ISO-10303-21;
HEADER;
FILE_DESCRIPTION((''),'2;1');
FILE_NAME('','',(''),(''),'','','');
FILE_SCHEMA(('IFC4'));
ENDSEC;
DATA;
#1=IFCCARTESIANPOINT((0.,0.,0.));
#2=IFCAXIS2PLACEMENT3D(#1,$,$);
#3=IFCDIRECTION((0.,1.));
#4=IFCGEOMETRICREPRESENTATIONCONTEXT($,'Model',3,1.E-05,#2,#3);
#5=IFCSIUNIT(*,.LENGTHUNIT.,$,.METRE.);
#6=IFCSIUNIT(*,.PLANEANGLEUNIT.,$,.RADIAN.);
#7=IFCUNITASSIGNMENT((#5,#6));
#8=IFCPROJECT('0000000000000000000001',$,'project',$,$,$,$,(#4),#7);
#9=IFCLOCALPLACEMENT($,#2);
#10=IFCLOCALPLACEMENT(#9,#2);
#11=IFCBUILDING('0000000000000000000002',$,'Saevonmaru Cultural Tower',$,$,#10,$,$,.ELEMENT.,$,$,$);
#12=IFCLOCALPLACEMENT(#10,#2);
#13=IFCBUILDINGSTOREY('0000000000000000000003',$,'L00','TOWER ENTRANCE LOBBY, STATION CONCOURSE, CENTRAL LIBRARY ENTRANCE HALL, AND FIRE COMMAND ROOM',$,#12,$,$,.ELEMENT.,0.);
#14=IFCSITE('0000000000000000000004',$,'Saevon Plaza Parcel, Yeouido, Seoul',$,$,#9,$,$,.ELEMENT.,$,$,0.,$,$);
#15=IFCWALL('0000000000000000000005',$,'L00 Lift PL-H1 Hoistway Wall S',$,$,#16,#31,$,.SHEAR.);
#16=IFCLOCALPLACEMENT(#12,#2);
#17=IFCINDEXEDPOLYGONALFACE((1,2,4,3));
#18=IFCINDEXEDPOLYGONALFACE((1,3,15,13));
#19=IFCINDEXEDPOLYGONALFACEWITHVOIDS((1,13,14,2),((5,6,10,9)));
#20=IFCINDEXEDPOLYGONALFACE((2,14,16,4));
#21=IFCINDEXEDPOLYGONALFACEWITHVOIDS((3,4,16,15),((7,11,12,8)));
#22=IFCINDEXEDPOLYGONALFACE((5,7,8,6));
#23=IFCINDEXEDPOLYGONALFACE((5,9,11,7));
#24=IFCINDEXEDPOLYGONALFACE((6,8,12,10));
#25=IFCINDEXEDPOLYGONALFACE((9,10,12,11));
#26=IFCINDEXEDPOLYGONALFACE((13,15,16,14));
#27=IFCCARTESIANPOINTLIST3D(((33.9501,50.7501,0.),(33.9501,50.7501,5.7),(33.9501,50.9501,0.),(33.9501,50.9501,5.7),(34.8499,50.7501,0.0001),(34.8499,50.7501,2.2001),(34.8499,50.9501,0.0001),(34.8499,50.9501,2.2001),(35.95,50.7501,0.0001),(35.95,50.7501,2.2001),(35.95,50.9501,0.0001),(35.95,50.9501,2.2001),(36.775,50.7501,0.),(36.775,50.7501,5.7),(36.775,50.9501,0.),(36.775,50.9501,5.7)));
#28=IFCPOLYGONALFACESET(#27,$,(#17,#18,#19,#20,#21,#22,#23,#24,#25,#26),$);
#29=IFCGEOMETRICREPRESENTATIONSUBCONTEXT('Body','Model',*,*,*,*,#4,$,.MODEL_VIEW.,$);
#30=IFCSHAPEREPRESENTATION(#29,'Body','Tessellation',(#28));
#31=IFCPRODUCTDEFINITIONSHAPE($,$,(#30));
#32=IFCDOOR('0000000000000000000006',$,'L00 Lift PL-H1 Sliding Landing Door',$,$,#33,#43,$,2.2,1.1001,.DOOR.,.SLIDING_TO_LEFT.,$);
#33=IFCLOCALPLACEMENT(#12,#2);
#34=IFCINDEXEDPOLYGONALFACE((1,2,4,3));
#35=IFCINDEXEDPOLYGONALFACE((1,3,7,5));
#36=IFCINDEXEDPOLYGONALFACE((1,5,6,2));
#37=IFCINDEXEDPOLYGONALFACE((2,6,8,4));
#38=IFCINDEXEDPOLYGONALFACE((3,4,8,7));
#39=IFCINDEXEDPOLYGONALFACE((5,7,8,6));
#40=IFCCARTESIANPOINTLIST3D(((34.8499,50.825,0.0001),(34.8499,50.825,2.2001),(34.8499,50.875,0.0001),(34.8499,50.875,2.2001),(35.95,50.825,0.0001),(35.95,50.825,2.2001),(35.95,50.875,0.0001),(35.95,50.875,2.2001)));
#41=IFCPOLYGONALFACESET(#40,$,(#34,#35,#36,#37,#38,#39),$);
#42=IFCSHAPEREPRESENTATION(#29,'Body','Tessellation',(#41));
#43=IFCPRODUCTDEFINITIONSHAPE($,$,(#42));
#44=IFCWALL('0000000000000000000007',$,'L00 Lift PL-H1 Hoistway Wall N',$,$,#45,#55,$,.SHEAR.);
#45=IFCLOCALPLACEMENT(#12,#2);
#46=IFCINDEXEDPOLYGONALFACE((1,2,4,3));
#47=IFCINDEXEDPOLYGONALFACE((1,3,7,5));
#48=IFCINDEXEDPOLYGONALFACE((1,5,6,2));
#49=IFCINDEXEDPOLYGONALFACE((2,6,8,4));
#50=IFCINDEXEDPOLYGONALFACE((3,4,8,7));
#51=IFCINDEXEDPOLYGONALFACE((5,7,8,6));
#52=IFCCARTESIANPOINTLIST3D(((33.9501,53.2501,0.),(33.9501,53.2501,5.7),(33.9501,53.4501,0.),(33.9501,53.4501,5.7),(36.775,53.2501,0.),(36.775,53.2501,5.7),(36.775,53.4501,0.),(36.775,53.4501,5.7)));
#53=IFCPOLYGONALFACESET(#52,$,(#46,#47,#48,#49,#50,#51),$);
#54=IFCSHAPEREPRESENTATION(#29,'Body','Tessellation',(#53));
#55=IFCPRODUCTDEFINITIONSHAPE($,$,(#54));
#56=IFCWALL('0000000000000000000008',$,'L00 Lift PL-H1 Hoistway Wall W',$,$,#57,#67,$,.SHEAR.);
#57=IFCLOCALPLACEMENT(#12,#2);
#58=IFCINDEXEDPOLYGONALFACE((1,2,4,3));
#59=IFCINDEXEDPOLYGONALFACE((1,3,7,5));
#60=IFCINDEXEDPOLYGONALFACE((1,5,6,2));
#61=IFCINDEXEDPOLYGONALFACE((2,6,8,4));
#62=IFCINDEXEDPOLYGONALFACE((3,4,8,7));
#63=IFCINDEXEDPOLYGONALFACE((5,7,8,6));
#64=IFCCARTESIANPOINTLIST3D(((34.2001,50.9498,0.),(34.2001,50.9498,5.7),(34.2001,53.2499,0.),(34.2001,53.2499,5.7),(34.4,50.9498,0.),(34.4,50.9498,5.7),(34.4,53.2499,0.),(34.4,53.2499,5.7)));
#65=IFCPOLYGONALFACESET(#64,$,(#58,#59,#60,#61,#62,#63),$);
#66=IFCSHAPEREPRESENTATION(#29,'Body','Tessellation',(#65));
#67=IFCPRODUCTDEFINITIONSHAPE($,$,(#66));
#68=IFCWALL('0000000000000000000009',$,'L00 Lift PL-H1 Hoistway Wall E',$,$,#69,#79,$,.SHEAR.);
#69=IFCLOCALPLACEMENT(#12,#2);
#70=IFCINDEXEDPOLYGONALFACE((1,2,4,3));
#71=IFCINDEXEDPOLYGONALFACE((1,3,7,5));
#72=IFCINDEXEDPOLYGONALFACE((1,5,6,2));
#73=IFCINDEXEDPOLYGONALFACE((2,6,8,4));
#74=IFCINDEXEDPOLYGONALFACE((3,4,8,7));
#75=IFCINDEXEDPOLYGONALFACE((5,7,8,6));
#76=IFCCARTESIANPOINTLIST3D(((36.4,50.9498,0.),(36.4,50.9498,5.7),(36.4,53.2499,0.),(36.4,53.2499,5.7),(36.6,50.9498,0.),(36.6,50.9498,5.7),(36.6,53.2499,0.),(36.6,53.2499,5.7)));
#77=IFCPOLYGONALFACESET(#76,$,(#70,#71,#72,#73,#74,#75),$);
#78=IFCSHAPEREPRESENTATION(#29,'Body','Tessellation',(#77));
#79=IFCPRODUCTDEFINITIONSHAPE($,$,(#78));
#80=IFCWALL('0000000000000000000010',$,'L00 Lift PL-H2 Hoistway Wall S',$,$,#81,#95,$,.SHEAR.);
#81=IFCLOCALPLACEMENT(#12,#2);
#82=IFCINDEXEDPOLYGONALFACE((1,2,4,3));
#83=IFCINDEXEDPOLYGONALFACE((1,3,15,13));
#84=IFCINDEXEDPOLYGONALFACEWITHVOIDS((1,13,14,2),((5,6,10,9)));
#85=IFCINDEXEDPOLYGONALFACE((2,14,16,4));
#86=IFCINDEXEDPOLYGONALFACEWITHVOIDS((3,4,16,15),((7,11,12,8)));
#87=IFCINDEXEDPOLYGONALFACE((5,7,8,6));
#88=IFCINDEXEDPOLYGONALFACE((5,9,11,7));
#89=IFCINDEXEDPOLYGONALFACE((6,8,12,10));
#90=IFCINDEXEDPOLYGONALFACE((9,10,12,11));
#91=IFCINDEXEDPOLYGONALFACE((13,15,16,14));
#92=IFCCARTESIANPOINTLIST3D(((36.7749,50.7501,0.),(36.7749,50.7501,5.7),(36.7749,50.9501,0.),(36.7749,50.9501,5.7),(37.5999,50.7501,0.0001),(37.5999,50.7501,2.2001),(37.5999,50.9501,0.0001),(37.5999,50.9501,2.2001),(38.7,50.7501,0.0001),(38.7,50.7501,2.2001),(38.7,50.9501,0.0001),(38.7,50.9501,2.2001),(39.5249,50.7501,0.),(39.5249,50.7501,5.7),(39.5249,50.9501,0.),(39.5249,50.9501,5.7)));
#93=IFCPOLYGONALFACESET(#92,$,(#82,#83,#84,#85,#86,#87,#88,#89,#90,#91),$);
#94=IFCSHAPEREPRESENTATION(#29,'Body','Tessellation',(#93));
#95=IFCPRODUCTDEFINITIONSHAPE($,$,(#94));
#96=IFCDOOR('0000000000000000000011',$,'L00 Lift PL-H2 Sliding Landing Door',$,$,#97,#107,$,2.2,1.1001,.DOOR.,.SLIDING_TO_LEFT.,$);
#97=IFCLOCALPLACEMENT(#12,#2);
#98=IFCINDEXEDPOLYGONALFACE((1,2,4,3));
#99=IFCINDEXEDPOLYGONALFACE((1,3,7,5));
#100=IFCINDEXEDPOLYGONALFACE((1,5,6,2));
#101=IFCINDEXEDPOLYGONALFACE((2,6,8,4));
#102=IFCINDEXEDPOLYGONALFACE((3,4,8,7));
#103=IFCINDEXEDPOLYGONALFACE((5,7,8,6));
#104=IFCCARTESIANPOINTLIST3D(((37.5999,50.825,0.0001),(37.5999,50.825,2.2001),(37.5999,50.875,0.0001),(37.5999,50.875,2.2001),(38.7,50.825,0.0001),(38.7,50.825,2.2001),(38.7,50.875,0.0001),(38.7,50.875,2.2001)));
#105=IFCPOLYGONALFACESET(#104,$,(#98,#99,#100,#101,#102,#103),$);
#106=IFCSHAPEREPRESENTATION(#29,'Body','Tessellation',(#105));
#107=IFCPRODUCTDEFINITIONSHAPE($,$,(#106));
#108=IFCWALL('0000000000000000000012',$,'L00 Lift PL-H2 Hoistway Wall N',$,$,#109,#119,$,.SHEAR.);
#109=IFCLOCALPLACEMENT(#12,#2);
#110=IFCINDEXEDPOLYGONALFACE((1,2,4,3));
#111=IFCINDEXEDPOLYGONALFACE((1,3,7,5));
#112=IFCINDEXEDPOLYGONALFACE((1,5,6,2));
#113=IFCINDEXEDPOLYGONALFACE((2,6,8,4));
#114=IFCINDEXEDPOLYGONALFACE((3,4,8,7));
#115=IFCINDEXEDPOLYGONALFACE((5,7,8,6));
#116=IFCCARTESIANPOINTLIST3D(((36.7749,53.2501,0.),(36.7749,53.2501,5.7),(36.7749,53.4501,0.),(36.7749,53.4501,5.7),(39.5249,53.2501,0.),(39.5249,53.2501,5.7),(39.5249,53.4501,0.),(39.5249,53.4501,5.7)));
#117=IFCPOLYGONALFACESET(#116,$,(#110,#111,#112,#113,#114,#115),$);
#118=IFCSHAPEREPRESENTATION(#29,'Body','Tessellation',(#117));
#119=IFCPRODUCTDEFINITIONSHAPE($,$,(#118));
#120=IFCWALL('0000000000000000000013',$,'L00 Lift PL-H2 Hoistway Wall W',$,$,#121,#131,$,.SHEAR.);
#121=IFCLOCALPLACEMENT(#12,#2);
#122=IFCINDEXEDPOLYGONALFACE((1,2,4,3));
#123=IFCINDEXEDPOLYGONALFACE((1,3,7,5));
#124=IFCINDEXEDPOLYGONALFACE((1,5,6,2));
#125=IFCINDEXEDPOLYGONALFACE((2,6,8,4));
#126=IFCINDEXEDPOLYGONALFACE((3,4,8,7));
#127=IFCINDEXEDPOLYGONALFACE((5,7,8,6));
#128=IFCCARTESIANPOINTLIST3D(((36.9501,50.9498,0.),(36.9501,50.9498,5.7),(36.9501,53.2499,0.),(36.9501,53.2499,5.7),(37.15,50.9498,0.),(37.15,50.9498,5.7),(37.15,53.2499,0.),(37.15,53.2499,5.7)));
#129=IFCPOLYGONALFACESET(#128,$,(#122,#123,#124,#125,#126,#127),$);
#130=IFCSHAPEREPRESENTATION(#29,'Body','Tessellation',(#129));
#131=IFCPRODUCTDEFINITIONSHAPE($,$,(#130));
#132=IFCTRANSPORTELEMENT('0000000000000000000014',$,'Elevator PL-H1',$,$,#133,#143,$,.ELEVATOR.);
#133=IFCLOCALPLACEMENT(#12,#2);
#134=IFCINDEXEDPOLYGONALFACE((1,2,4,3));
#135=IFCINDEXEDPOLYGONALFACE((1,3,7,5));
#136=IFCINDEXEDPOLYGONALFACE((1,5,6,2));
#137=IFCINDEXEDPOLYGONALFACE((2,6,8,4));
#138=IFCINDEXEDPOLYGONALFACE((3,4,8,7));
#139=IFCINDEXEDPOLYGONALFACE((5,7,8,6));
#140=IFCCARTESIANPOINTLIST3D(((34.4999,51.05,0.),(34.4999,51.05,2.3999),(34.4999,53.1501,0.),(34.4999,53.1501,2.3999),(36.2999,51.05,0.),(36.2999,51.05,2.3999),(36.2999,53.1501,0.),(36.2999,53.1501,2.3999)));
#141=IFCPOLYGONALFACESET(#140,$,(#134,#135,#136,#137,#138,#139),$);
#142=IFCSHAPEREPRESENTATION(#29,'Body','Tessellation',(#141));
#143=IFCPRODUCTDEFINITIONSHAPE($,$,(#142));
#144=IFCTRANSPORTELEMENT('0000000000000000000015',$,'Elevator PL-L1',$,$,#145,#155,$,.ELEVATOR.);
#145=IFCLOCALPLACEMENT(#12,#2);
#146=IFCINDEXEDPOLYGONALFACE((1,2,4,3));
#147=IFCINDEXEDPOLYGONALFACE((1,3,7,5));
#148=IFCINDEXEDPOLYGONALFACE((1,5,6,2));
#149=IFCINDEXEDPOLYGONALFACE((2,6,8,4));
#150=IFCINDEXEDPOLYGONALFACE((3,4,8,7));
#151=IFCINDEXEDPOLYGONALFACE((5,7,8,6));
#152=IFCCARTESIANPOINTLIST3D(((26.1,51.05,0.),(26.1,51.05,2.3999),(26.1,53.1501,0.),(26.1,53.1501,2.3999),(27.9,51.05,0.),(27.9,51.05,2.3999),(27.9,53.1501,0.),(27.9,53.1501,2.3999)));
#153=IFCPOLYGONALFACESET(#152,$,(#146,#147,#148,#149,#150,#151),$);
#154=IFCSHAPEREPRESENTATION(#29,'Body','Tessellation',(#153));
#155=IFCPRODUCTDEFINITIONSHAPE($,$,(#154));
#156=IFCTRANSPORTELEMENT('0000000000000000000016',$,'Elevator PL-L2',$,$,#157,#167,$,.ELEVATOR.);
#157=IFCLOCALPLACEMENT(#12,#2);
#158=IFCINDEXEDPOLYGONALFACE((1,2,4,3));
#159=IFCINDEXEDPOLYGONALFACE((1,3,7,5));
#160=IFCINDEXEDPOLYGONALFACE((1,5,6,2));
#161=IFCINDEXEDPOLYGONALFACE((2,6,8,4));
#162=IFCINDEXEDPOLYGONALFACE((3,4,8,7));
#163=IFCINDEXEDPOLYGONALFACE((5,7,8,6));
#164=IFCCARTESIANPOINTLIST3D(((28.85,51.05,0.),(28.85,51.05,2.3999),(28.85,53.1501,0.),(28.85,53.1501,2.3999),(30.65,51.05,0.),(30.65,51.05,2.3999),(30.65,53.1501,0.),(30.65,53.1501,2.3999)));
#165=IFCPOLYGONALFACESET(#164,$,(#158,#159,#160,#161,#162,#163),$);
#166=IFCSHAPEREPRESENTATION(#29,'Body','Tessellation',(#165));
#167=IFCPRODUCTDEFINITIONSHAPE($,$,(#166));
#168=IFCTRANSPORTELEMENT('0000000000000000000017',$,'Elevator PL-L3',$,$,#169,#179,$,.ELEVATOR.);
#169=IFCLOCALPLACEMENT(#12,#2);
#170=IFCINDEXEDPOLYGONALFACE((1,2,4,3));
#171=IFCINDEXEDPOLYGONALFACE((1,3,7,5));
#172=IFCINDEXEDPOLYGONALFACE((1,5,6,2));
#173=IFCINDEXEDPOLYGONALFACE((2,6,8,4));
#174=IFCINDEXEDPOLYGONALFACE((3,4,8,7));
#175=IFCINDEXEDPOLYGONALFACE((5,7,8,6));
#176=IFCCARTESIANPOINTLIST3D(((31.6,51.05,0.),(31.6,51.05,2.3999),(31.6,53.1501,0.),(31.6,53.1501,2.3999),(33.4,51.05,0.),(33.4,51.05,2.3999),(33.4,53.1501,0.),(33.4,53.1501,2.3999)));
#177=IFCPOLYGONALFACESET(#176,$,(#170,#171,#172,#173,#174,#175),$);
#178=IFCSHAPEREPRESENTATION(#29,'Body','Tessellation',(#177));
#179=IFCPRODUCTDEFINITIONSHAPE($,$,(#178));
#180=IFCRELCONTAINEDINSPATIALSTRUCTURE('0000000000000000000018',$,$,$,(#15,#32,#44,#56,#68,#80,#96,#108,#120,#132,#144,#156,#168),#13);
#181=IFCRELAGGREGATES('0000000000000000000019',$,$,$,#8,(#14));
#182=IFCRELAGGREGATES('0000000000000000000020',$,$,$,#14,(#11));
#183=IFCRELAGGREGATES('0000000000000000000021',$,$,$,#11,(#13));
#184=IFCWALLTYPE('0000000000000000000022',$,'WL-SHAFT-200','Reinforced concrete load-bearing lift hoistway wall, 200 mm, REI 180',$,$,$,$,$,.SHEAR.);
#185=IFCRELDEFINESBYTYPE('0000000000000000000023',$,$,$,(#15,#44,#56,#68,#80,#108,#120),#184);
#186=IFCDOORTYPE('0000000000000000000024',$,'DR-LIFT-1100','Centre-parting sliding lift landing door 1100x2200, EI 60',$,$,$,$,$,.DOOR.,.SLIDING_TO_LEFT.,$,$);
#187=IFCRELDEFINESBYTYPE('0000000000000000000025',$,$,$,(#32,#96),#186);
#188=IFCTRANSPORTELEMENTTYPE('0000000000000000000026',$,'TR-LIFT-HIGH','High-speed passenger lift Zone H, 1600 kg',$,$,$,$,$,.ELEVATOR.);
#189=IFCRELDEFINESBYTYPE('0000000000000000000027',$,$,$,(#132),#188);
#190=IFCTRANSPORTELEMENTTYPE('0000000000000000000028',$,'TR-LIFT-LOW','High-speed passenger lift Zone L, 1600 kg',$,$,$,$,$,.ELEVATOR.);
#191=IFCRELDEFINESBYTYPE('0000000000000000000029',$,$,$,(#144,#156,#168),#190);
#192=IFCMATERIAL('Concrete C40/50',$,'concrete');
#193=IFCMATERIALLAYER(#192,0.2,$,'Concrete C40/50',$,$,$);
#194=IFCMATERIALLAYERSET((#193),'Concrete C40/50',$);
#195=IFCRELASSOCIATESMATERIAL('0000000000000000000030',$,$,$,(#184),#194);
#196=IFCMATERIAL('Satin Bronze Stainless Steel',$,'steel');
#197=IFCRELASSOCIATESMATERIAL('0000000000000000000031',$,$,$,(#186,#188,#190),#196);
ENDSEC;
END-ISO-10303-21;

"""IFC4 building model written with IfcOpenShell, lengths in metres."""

from ifc_helpers import new_model, si_unit, direction, frame, frame_2d, origin, origin_2d, place, context, subcontext, project, spatial, rectangle, extrude, material, layer, layer_set, type_object, element, fill, save


model = new_model("IFC4")

# Units and contexts
model_context = context("Model", 3, precision=1e-05, world=origin(), true_north=direction((0.0, 1.0)))
body_context = subcontext(model_context, "Body", "Model", "MODEL_VIEW")
ifc_project = project(units=[si_unit("LENGTHUNIT", "METRE"), si_unit("PLANEANGLEUNIT", "RADIAN")], contexts=[model_context])

# Site, building, storey
site_placement = place(None, origin())
site = spatial("IfcSite", under=ifc_project, at=site_placement, Name="Saevon Plaza Parcel, Yeouido, Seoul", CompositionType="ELEMENT", RefElevation=0.0)
building_placement = place(site_placement, origin())
building = spatial("IfcBuilding", under=site, at=building_placement, Name="Saevonmaru Cultural Tower", CompositionType="ELEMENT")
storey_placement = place(building_placement, origin())
storey = spatial("IfcBuildingStorey", under=building, at=storey_placement, Name="L00", Description="TOWER ENTRANCE LOBBY, STATION CONCOURSE, CENTRAL LIBRARY ENTRANCE HALL, AND FIRE COMMAND ROOM", CompositionType="ELEMENT", Elevation=0.0)

# Shared definitions
ifc_material_1 = material(Name="Concrete C40/50", Category="concrete")
ifc_layer = layer(ifc_material_1, 0.2, Name="Concrete C40/50")
ifc_layer_set = layer_set([ifc_layer], Name="Concrete C40/50")
wall_type = type_object("IfcWallType", Name="WL-SHAFT-200", Description="Reinforced concrete load-bearing lift hoistway wall, 200 mm, REI 180", PredefinedType="SHEAR", material=ifc_layer_set)

# Shared definitions
ifc_material_2 = material(Name="Satin Bronze Stainless Steel", Category="steel")
door_type = type_object("IfcDoorType", Name="DR-LIFT-1100", Description="Centre-parting sliding lift landing door 1100x2200, EI 60", OperationType="SLIDING_TO_LEFT", PredefinedType="DOOR", material=ifc_material_2)

# Wall, opening, door
wall_1_placement = place(storey_placement, frame((33.95, 50.8501, 0.0), z_axis=(0.0, 0.0, 1.0), x_axis=(1.0, 0.0, 0.0)))
wall_1 = element("IfcWall", 1, at=wall_1_placement, inside=storey, type_object=wall_type, Name="L00 Lift PL-H1 Hoistway Wall S", PredefinedType="SHEAR", context=body_context, shape_type="SweptSolid", body=[
    extrude(rectangle(XDim=2.825, YDim=0.2, at=frame_2d((1.4126, 0.0))), origin(), (0.0, 0.0, 1.0), 5.7),
])
opening_1_placement = place(wall_1_placement, frame((0.8999, 0.0, 0.0)))
opening_1 = element("IfcOpeningElement", 2, at=opening_1_placement, cuts=wall_1, PredefinedType="OPENING", context=body_context, shape_type="SweptSolid", body=[
    extrude(rectangle(XDim=1.1001, YDim=2.2, at=frame_2d((0.55, 1.1001))), frame((0.0, 0.1099, 0.0), z_axis=(0.0, -1.0, 0.0), x_axis=(1.0, 0.0, 0.0)), (0.0, 0.0, 1.0), 0.22),
])
door_1_placement = place(opening_1_placement, origin())
door_1 = element("IfcDoor", 3, at=door_1_placement, inside=storey, type_object=door_type, Name="L00 Lift PL-H1 Sliding Landing Door", OperationType="SLIDING_TO_LEFT", OverallHeight=2.2, OverallWidth=1.1001, PredefinedType="DOOR", context=body_context, shape_type="SweptSolid", body=[
    extrude(rectangle(XDim=1.1001, YDim=2.2, at=frame_2d((0.55, 1.1001))), frame((0.0, 0.0249, 0.0), z_axis=(0.0, -1.0, 0.0), x_axis=(1.0, 0.0, 0.0)), (0.0, 0.0, 1.0), 0.05),
])
fill(opening_1, door_1)

# Walls
wall_2_placement = place(storey_placement, frame((33.95, 53.3501, 0.0), z_axis=(0.0, 0.0, 1.0), x_axis=(1.0, 0.0, 0.0)))
element("IfcWall", 4, at=wall_2_placement, inside=storey, type_object=wall_type, Name="L00 Lift PL-H1 Hoistway Wall N", PredefinedType="SHEAR", context=body_context, shape_type="SweptSolid", body=[
    extrude(rectangle(XDim=2.825, YDim=0.2, at=frame_2d((1.4126, 0.0))), origin(), (0.0, 0.0, 1.0), 5.7),
])
for number, where, z_axis, x_axis, name in (
    (5, (34.3, 50.95, 0.0), (0.0, 0.0, 1.0), (0.0, 1.0, 0.0), "L00 Lift PL-H1 Hoistway Wall W"),
    (6, (36.5, 50.95, 0.0), (0.0, 0.0, 1.0), (0.0, 1.0, 0.0), "L00 Lift PL-H1 Hoistway Wall E"),
):
    element("IfcWall", number, at=place(storey_placement, frame(where, z_axis=z_axis, x_axis=x_axis)), inside=storey, type_object=wall_type, Name=name, PredefinedType="SHEAR", context=body_context, shape_type="SweptSolid", body=[
        extrude(rectangle(XDim=2.3, YDim=0.2, at=frame_2d((1.1499, 0.0))), origin(), (0.0, 0.0, 1.0), 5.7),
    ])

# Wall, opening, door
wall_3_placement = place(storey_placement, frame((36.7749, 50.8501, 0.0), z_axis=(0.0, 0.0, 1.0), x_axis=(1.0, 0.0, 0.0)))
wall_3 = element("IfcWall", 7, at=wall_3_placement, inside=storey, type_object=wall_type, Name="L00 Lift PL-H2 Hoistway Wall S", PredefinedType="SHEAR", context=body_context, shape_type="SweptSolid", body=[
    extrude(rectangle(XDim=2.75, YDim=0.2, at=frame_2d((1.375, 0.0))), origin(), (0.0, 0.0, 1.0), 5.7),
])
opening_2_placement = place(wall_3_placement, frame((0.825, 0.0, 0.0)))
opening_2 = element("IfcOpeningElement", 8, at=opening_2_placement, cuts=wall_3, PredefinedType="OPENING", context=body_context, shape_type="SweptSolid", body=[
    extrude(rectangle(XDim=1.1001, YDim=2.2, at=frame_2d((0.55, 1.1001))), frame((0.0, 0.1099, 0.0), z_axis=(0.0, -1.0, 0.0), x_axis=(1.0, 0.0, 0.0)), (0.0, 0.0, 1.0), 0.22),
])
door_2_placement = place(opening_2_placement, origin())
door_2 = element("IfcDoor", 9, at=door_2_placement, inside=storey, type_object=door_type, Name="L00 Lift PL-H2 Sliding Landing Door", OperationType="SLIDING_TO_LEFT", OverallHeight=2.2, OverallWidth=1.1001, PredefinedType="DOOR", context=body_context, shape_type="SweptSolid", body=[
    extrude(rectangle(XDim=1.1001, YDim=2.2, at=frame_2d((0.55, 1.1001))), frame((0.0, 0.0249, 0.0), z_axis=(0.0, -1.0, 0.0), x_axis=(1.0, 0.0, 0.0)), (0.0, 0.0, 1.0), 0.05),
])
fill(opening_2, door_2)

# Walls
wall_4_placement = place(storey_placement, frame((36.7749, 53.3501, 0.0), z_axis=(0.0, 0.0, 1.0), x_axis=(1.0, 0.0, 0.0)))
element("IfcWall", 10, at=wall_4_placement, inside=storey, type_object=wall_type, Name="L00 Lift PL-H2 Hoistway Wall N", PredefinedType="SHEAR", context=body_context, shape_type="SweptSolid", body=[
    extrude(rectangle(XDim=2.75, YDim=0.2, at=frame_2d((1.375, 0.0))), origin(), (0.0, 0.0, 1.0), 5.7),
])
wall_5_placement = place(storey_placement, frame((37.05, 50.95, 0.0), z_axis=(0.0, 0.0, 1.0), x_axis=(0.0, 1.0, 0.0)))
element("IfcWall", 11, at=wall_5_placement, inside=storey, type_object=wall_type, Name="L00 Lift PL-H2 Hoistway Wall W", PredefinedType="SHEAR", context=body_context, shape_type="SweptSolid", body=[
    extrude(rectangle(XDim=2.3, YDim=0.2, at=frame_2d((1.1499, 0.0))), origin(), (0.0, 0.0, 1.0), 5.7),
])

# Transport elements
transport_element_type_1 = type_object("IfcTransportElementType", Name="TR-LIFT-HIGH", Description="High-speed passenger lift Zone H, 1600 kg", PredefinedType="ELEVATOR", material=ifc_material_2)
transport_element_placement = place(storey_placement, frame((35.3999, 52.1001, 0.0), z_axis=(0.0, 0.0, 1.0), x_axis=(1.0, 0.0, 0.0)))
element("IfcTransportElement", 12, at=transport_element_placement, inside=storey, type_object=transport_element_type_1, Name="Elevator PL-H1", PredefinedType="ELEVATOR", context=body_context, shape_type="SweptSolid", body=[
    extrude(rectangle(XDim=1.8, YDim=2.1001, at=origin_2d()), origin(), (0.0, 0.0, 1.0), 2.3999),
])
transport_element_type_2 = type_object("IfcTransportElementType", Name="TR-LIFT-LOW", Description="High-speed passenger lift Zone L, 1600 kg", PredefinedType="ELEVATOR", material=ifc_material_2)
for number, where, z_axis, x_axis, name in (
    (13, (27.0, 52.1001, 0.0), (0.0, 0.0, 1.0), (1.0, 0.0, 0.0), "Elevator PL-L1"),
    (14, (29.75, 52.1001, 0.0), (0.0, 0.0, 1.0), (1.0, 0.0, 0.0), "Elevator PL-L2"),
    (15, (32.5, 52.1001, 0.0), (0.0, 0.0, 1.0), (1.0, 0.0, 0.0), "Elevator PL-L3"),
):
    element("IfcTransportElement", number, at=place(storey_placement, frame(where, z_axis=z_axis, x_axis=x_axis)), inside=storey, type_object=transport_element_type_2, Name=name, PredefinedType="ELEVATOR", context=body_context, shape_type="SweptSolid", body=[
        extrude(rectangle(XDim=1.8, YDim=2.1001, at=origin_2d()), origin(), (0.0, 0.0, 1.0), 2.3999),
    ])

save(model, "model.ifc")
